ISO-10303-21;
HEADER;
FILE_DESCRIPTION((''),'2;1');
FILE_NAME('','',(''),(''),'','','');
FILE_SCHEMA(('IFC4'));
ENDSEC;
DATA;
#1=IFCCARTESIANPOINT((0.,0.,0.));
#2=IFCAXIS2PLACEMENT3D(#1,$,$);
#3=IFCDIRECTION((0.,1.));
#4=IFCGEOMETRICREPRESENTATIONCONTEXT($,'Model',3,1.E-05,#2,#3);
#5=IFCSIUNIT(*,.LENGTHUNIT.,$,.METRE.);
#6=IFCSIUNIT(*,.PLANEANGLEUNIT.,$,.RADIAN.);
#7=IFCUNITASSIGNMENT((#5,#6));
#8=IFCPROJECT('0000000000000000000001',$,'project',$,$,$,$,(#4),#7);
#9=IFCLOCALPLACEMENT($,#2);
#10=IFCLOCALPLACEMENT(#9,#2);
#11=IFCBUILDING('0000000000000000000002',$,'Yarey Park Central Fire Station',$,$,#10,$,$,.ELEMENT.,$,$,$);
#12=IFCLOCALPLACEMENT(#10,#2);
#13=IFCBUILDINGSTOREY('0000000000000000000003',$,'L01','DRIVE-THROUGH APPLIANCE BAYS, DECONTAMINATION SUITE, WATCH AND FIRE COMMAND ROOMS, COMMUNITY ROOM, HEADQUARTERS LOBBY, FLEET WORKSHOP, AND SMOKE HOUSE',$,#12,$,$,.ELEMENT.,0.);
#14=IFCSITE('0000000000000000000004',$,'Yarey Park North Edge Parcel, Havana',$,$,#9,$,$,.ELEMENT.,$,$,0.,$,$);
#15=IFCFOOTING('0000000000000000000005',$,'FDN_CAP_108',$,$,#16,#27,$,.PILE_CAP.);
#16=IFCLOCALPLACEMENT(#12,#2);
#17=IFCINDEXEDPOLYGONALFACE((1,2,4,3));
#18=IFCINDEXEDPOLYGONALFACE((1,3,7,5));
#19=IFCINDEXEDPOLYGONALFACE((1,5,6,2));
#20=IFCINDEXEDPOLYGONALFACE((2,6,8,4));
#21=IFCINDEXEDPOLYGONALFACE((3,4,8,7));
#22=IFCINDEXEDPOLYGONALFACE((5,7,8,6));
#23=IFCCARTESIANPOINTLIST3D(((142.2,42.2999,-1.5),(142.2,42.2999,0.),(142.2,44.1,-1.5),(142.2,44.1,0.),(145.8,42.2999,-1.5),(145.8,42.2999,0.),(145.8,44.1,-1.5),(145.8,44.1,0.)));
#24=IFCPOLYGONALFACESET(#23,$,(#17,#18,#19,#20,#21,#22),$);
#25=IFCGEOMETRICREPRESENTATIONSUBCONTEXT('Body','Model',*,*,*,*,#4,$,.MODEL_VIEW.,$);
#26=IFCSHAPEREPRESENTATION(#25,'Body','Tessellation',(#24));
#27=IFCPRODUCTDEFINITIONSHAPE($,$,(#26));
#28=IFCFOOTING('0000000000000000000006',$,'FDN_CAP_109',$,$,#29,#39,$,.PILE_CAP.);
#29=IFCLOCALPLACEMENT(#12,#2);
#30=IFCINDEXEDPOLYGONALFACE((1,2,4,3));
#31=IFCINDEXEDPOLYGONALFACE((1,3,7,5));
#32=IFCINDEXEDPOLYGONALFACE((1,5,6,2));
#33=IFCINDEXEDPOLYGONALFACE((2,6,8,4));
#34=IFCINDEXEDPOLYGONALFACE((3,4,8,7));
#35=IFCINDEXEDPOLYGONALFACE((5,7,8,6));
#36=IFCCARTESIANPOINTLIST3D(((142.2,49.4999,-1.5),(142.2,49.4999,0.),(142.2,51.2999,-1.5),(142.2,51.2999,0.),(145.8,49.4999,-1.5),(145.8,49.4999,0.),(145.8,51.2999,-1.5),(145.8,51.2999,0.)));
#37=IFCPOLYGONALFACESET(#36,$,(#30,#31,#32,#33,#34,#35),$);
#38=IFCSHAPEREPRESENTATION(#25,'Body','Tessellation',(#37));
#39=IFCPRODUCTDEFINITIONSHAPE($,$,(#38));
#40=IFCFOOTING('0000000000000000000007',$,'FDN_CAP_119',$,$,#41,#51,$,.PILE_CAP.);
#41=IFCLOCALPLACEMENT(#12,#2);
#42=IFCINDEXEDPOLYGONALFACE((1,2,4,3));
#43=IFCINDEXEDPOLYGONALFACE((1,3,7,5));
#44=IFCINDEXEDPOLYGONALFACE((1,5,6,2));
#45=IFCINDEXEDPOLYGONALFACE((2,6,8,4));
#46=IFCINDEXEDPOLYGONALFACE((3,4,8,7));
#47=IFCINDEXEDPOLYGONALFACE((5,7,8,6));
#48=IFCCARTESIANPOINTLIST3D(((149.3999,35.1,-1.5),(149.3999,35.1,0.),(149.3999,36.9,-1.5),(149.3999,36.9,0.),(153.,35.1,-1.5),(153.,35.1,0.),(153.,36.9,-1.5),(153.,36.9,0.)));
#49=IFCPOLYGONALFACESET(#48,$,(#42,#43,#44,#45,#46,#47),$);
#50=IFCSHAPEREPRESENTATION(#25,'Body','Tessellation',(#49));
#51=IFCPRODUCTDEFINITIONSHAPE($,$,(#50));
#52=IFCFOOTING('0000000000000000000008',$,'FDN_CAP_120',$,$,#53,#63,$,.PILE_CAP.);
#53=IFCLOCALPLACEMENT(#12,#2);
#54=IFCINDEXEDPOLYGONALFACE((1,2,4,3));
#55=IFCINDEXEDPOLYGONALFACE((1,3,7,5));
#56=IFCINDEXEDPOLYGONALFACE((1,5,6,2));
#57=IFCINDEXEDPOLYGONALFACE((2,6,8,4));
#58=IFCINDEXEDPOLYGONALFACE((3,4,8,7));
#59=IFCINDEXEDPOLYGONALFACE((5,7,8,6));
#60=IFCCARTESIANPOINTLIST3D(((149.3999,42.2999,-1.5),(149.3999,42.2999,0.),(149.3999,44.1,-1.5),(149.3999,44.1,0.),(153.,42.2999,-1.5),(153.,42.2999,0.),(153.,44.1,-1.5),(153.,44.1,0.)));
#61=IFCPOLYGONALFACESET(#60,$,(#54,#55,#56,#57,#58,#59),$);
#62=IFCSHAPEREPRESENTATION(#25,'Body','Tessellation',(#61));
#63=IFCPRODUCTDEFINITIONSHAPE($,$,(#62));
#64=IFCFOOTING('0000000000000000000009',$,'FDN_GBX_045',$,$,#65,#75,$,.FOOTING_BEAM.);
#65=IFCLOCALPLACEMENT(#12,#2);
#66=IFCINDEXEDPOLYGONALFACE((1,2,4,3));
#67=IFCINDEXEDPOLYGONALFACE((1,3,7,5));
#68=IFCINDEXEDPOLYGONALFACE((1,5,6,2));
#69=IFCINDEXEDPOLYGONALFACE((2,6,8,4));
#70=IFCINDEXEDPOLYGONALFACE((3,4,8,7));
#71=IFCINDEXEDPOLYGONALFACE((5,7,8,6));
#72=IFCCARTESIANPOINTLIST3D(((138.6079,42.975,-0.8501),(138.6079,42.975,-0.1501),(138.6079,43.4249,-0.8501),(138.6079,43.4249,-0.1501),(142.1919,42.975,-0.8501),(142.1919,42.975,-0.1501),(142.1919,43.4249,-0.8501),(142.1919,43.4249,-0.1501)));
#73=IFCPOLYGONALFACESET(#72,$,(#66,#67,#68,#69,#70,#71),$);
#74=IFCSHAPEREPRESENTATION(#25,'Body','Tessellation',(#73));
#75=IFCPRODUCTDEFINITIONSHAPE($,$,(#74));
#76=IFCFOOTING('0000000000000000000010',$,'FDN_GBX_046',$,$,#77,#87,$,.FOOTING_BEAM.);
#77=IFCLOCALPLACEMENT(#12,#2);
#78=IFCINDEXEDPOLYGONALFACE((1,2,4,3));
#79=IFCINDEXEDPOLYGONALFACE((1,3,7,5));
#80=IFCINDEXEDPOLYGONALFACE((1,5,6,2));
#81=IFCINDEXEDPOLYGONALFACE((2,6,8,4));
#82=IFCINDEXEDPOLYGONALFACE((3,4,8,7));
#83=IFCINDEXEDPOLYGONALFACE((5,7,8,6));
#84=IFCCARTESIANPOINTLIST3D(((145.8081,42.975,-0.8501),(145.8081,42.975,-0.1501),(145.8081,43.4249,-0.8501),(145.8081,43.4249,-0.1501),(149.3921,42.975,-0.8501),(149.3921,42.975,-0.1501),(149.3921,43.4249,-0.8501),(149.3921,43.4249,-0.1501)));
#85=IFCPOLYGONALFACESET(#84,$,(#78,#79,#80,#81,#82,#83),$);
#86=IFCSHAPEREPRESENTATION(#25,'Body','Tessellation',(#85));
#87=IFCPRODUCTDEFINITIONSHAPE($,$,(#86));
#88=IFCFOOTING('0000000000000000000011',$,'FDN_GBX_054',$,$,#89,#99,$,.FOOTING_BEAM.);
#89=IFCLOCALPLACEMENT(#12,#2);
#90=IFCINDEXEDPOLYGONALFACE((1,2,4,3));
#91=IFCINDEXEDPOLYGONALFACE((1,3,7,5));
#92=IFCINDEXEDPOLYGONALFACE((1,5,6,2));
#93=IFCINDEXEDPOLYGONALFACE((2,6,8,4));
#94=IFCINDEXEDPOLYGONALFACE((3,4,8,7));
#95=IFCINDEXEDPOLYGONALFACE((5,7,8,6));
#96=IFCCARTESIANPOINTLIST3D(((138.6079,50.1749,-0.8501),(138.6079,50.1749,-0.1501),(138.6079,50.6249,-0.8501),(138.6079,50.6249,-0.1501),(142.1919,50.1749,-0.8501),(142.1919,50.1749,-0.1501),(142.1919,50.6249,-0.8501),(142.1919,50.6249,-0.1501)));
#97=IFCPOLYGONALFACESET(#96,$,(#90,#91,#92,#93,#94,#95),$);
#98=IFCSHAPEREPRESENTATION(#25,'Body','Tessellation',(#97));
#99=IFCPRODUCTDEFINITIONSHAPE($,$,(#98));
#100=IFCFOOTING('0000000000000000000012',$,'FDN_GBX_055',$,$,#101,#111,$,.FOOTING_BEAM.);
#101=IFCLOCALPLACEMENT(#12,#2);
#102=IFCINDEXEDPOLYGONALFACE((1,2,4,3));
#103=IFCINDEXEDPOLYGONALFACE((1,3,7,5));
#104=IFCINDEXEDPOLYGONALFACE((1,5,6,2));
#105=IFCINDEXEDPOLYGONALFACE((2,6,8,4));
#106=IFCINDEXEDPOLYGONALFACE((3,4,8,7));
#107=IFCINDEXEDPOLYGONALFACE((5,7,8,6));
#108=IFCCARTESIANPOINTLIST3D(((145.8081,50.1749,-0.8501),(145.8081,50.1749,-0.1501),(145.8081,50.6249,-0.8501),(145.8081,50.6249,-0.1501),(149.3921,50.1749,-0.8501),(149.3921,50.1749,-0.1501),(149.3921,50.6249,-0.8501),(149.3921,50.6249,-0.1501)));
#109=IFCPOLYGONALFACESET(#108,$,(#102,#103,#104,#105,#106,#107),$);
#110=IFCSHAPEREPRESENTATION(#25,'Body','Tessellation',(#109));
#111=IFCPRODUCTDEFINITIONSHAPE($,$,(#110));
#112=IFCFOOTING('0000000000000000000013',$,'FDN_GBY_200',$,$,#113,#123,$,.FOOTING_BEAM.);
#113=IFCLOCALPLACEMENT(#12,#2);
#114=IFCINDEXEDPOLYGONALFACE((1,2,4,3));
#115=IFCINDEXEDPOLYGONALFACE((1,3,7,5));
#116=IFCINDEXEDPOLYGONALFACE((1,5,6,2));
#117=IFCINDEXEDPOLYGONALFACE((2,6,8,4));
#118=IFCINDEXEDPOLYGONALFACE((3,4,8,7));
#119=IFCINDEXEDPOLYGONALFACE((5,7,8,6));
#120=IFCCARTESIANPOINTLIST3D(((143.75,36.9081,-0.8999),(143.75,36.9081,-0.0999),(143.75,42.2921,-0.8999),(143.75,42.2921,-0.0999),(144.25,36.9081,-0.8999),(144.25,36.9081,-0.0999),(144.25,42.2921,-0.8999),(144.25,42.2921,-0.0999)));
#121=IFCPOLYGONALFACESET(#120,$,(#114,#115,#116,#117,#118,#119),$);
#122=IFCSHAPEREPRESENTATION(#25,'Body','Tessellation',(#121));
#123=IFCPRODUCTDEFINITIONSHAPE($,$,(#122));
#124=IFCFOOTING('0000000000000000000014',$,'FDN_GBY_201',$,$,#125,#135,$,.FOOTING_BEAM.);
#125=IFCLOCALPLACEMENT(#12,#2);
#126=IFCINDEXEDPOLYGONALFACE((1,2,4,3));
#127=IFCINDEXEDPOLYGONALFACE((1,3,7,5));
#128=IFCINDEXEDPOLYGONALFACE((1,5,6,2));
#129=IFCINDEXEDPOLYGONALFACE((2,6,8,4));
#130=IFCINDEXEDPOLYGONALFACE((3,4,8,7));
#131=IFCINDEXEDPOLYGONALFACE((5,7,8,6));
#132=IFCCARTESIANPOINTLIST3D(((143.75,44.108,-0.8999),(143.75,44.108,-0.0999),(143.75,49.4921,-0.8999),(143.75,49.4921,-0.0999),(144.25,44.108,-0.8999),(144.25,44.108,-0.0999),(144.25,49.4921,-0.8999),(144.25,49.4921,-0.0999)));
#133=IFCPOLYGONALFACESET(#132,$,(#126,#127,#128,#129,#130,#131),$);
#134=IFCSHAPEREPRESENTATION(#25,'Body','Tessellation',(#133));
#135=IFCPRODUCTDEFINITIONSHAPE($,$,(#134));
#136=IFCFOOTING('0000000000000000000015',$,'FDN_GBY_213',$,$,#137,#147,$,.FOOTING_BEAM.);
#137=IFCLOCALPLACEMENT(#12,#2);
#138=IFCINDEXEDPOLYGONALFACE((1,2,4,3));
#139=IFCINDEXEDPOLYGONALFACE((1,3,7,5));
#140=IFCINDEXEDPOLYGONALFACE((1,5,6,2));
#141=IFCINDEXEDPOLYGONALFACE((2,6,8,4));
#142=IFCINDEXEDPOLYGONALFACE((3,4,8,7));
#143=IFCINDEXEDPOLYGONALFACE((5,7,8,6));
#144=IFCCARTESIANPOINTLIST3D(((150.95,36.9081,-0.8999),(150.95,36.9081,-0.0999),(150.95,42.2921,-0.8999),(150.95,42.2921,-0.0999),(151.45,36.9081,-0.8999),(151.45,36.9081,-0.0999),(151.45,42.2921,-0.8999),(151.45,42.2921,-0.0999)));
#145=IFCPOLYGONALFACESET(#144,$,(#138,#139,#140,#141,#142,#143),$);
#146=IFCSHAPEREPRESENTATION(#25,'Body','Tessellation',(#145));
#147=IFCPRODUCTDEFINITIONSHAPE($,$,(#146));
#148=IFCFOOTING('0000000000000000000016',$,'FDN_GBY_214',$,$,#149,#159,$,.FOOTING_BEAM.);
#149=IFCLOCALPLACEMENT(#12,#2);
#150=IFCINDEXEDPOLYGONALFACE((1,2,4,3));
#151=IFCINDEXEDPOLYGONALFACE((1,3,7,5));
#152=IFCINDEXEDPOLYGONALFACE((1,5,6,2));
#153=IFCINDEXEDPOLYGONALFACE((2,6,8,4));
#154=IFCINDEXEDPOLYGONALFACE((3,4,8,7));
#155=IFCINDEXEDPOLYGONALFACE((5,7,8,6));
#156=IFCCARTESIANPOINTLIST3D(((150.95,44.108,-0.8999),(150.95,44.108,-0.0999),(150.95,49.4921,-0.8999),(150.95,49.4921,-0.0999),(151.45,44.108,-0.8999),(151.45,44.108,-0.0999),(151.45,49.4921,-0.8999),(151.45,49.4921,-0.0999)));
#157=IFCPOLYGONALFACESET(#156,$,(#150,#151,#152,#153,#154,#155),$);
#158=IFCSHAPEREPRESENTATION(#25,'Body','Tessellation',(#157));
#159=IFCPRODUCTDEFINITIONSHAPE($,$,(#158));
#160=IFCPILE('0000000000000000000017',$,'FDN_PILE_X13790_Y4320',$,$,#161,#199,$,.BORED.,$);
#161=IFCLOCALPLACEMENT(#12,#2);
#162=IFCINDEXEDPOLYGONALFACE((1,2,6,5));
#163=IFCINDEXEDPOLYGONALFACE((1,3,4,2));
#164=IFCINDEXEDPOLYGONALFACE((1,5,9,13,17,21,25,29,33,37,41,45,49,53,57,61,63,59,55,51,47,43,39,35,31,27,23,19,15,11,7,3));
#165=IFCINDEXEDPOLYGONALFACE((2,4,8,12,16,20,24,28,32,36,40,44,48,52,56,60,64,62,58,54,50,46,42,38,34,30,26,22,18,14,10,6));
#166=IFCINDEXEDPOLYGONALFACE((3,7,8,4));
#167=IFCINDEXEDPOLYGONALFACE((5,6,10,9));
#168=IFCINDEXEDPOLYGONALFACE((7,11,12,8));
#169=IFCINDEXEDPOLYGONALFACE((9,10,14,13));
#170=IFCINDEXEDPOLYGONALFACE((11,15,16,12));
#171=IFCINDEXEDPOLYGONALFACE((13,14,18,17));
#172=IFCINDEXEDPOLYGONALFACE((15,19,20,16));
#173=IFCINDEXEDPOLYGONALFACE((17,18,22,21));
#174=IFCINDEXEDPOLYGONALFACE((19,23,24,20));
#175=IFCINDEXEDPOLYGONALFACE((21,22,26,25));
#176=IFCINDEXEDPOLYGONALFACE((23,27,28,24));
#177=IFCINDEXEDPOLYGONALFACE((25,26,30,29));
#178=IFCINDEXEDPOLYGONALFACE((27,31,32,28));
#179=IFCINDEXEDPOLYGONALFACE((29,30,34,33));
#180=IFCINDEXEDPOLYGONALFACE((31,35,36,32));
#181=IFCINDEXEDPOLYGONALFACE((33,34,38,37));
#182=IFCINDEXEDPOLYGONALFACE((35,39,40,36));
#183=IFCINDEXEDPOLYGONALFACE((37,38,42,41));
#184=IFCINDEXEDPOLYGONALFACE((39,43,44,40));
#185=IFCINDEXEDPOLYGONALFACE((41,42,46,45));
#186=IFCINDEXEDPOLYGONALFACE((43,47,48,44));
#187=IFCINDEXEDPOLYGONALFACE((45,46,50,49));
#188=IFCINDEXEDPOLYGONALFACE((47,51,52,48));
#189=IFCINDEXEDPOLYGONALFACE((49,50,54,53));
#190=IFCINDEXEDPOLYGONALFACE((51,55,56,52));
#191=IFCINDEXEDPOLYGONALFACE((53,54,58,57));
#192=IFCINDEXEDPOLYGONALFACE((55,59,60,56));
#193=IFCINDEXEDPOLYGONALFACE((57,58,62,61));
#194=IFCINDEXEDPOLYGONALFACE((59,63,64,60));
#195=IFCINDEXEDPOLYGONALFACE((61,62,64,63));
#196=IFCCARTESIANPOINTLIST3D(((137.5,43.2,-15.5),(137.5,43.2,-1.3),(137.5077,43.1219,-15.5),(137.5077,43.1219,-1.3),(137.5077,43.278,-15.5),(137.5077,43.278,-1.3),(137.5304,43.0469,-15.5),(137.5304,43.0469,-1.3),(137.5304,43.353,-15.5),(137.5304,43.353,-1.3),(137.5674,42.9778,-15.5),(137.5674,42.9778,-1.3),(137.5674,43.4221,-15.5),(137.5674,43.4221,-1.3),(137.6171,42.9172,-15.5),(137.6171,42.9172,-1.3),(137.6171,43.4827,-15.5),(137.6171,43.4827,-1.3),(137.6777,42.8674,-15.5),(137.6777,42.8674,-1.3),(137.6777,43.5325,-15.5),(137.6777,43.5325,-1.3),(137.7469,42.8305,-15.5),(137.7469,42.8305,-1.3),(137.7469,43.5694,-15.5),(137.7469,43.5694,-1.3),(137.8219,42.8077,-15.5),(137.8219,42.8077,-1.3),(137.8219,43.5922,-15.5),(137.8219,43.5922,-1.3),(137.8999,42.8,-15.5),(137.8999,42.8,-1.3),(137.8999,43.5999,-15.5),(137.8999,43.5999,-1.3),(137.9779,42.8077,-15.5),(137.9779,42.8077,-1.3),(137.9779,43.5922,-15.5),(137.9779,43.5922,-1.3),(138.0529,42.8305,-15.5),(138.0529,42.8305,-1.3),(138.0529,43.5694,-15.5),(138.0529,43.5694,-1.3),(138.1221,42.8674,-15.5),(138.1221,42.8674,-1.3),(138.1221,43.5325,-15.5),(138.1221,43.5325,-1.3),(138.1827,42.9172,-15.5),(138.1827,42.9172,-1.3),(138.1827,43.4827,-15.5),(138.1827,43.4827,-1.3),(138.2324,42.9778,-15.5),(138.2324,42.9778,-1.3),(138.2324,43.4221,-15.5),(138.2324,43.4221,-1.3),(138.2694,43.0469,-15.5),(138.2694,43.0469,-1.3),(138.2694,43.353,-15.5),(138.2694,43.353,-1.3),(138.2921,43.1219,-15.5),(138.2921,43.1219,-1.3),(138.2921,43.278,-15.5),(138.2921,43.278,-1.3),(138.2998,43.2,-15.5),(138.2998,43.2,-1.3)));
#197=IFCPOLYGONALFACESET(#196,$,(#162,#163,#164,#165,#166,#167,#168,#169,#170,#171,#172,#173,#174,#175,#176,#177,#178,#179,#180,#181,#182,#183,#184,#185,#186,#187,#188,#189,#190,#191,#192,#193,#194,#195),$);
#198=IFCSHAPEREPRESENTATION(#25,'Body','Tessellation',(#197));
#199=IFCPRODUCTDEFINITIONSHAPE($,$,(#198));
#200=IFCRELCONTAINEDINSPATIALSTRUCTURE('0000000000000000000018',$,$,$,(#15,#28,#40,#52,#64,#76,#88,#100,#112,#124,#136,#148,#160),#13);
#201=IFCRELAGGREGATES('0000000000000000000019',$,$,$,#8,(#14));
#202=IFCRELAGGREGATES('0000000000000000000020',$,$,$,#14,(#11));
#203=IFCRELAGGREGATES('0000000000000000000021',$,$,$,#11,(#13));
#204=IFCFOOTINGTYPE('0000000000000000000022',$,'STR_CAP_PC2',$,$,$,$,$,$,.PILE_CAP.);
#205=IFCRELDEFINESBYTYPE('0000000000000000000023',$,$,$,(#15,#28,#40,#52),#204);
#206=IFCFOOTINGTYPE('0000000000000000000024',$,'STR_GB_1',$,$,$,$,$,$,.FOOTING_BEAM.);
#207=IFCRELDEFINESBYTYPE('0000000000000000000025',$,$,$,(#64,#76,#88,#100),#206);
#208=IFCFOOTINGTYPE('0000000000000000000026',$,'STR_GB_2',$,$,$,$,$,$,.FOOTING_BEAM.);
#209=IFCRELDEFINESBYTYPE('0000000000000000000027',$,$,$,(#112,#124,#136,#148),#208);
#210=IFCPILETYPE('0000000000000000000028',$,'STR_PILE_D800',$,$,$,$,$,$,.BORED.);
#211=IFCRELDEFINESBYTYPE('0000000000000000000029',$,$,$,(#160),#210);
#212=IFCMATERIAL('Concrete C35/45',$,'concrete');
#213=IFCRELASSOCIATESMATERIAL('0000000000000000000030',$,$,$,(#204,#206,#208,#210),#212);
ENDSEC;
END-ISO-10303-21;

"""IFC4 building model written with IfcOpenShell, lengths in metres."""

from ifc_helpers import new_model, si_unit, direction, frame, origin, origin_2d, place, context, subcontext, project, spatial, rectangle, circle, extrude, material, material_profile, profile_set, type_object, element, save


model = new_model("IFC4")

# Units and contexts
model_context = context("Model", 3, precision=1e-05, world=origin(), true_north=direction((0.0, 1.0)))
body_context = subcontext(model_context, "Body", "Model", "MODEL_VIEW")
ifc_project = project(units=[si_unit("LENGTHUNIT", "METRE"), si_unit("PLANEANGLEUNIT", "RADIAN")], contexts=[model_context])

# Site, building, storey
site_placement = place(None, origin())
site = spatial("IfcSite", under=ifc_project, at=site_placement, Name="Yarey Park North Edge Parcel, Havana", CompositionType="ELEMENT", RefElevation=0.0)
building_placement = place(site_placement, origin())
building = spatial("IfcBuilding", under=site, at=building_placement, Name="Yarey Park Central Fire Station", CompositionType="ELEMENT")
storey_placement = place(building_placement, origin())
storey = spatial("IfcBuildingStorey", under=building, at=storey_placement, Name="L01", Description="DRIVE-THROUGH APPLIANCE BAYS, DECONTAMINATION SUITE, WATCH AND FIRE COMMAND ROOMS, COMMUNITY ROOM, HEADQUARTERS LOBBY, FLEET WORKSHOP, AND SMOKE HOUSE", CompositionType="ELEMENT", Elevation=0.0)

# Footings
ifc_material_1 = material(Name="Concrete C35/45", Category="concrete")
footing_type_1 = type_object("IfcFootingType", Name="STR_CAP_PC2", PredefinedType="PILE_CAP", material=ifc_material_1)
for number, where, z_axis, x_axis, name in (
    (1, (144.0, 43.2, -1.5), (0.0, 0.0, 1.0), (1.0, 0.0, 0.0), "FDN_CAP_108"),
    (2, (144.0, 50.3999, -1.5), (0.0, 0.0, 1.0), (1.0, 0.0, 0.0), "FDN_CAP_109"),
    (3, (151.2, 36.0, -1.5), (0.0, 0.0, 1.0), (1.0, 0.0, 0.0), "FDN_CAP_119"),
    (4, (151.2, 43.2, -1.5), (0.0, 0.0, 1.0), (1.0, 0.0, 0.0), "FDN_CAP_120"),
):
    element("IfcFooting", number, at=place(storey_placement, frame(where, z_axis=z_axis, x_axis=x_axis)), inside=storey, type_object=footing_type_1, Name=name, PredefinedType="PILE_CAP", context=body_context, shape_type="SweptSolid", body=[
        extrude(rectangle(XDim=3.6001, YDim=1.8, at=origin_2d()), origin(), (0.0, 0.0, 1.0), 1.5),
    ])
footing_type_2 = type_object("IfcFootingType", Name="STR_GB_1", PredefinedType="FOOTING_BEAM", material=ifc_material_1)
for number, where, z_axis, x_axis, name in (
    (5, (140.3999, 43.2, -0.8501), (0.0, 0.0, 1.0), (1.0, 0.0, 0.0), "FDN_GBX_045"),
    (6, (147.6001, 43.2, -0.8501), (0.0, 0.0, 1.0), (1.0, 0.0, 0.0), "FDN_GBX_046"),
    (7, (140.3999, 50.3999, -0.8501), (0.0, 0.0, 1.0), (1.0, 0.0, 0.0), "FDN_GBX_054"),
    (8, (147.6001, 50.3999, -0.8501), (0.0, 0.0, 1.0), (1.0, 0.0, 0.0), "FDN_GBX_055"),
):
    element("IfcFooting", number, at=place(storey_placement, frame(where, z_axis=z_axis, x_axis=x_axis)), inside=storey, type_object=footing_type_2, Name=name, PredefinedType="FOOTING_BEAM", context=body_context, shape_type="SweptSolid", body=[
        extrude(rectangle(XDim=3.584, YDim=0.45, at=origin_2d()), origin(), (0.0, 0.0, 1.0), 0.7),
    ])
footing_type_3 = type_object("IfcFootingType", Name="STR_GB_2", PredefinedType="FOOTING_BEAM", material=ifc_material_1)
for number, where, z_axis, x_axis, name in (
    (9, (144.0, 39.6001, -0.8999), (0.0, 0.0, 1.0), (1.0, 0.0, 0.0), "FDN_GBY_200"),
    (10, (144.0, 46.8, -0.8999), (0.0, 0.0, 1.0), (1.0, 0.0, 0.0), "FDN_GBY_201"),
    (11, (151.2, 39.6001, -0.8999), (0.0, 0.0, 1.0), (1.0, 0.0, 0.0), "FDN_GBY_213"),
    (12, (151.2, 46.8, -0.8999), (0.0, 0.0, 1.0), (1.0, 0.0, 0.0), "FDN_GBY_214"),
):
    element("IfcFooting", number, at=place(storey_placement, frame(where, z_axis=z_axis, x_axis=x_axis)), inside=storey, type_object=footing_type_3, Name=name, PredefinedType="FOOTING_BEAM", context=body_context, shape_type="SweptSolid", body=[
        extrude(rectangle(XDim=0.5, YDim=5.384, at=origin_2d()), origin(), (0.0, 0.0, 1.0), 0.8),
    ])

# Pile
ifc_material_profile_1 = material_profile(ifc_material_1, circle(Radius=0.3999, at=origin_2d()), Name="BORED PILE D800")
ifc_profile_set_1 = profile_set([ifc_material_profile_1], Name="Concrete C35/45")
pile_type = type_object("IfcPileType", Name="STR_PILE_D800", PredefinedType="BORED", material=ifc_profile_set_1)
for number, where, z_axis, x_axis, name in (
    (13, (137.8999, 43.2, -1.3), (0.0, 0.0, -1.0), (1.0, 0.0, 0.0), "FDN_PILE_X13790_Y4320"),
):
    element("IfcPile", number, at=place(storey_placement, frame(where, z_axis=z_axis, x_axis=x_axis)), inside=storey, type_object=pile_type, Name=name, PredefinedType="BORED", context=body_context, shape_type="SweptSolid", body=[
        extrude(circle(Radius=0.3999, at=origin_2d()), origin(), (0.0, 0.0, 1.0), 14.2),
    ])

save(model, "model.ifc")
